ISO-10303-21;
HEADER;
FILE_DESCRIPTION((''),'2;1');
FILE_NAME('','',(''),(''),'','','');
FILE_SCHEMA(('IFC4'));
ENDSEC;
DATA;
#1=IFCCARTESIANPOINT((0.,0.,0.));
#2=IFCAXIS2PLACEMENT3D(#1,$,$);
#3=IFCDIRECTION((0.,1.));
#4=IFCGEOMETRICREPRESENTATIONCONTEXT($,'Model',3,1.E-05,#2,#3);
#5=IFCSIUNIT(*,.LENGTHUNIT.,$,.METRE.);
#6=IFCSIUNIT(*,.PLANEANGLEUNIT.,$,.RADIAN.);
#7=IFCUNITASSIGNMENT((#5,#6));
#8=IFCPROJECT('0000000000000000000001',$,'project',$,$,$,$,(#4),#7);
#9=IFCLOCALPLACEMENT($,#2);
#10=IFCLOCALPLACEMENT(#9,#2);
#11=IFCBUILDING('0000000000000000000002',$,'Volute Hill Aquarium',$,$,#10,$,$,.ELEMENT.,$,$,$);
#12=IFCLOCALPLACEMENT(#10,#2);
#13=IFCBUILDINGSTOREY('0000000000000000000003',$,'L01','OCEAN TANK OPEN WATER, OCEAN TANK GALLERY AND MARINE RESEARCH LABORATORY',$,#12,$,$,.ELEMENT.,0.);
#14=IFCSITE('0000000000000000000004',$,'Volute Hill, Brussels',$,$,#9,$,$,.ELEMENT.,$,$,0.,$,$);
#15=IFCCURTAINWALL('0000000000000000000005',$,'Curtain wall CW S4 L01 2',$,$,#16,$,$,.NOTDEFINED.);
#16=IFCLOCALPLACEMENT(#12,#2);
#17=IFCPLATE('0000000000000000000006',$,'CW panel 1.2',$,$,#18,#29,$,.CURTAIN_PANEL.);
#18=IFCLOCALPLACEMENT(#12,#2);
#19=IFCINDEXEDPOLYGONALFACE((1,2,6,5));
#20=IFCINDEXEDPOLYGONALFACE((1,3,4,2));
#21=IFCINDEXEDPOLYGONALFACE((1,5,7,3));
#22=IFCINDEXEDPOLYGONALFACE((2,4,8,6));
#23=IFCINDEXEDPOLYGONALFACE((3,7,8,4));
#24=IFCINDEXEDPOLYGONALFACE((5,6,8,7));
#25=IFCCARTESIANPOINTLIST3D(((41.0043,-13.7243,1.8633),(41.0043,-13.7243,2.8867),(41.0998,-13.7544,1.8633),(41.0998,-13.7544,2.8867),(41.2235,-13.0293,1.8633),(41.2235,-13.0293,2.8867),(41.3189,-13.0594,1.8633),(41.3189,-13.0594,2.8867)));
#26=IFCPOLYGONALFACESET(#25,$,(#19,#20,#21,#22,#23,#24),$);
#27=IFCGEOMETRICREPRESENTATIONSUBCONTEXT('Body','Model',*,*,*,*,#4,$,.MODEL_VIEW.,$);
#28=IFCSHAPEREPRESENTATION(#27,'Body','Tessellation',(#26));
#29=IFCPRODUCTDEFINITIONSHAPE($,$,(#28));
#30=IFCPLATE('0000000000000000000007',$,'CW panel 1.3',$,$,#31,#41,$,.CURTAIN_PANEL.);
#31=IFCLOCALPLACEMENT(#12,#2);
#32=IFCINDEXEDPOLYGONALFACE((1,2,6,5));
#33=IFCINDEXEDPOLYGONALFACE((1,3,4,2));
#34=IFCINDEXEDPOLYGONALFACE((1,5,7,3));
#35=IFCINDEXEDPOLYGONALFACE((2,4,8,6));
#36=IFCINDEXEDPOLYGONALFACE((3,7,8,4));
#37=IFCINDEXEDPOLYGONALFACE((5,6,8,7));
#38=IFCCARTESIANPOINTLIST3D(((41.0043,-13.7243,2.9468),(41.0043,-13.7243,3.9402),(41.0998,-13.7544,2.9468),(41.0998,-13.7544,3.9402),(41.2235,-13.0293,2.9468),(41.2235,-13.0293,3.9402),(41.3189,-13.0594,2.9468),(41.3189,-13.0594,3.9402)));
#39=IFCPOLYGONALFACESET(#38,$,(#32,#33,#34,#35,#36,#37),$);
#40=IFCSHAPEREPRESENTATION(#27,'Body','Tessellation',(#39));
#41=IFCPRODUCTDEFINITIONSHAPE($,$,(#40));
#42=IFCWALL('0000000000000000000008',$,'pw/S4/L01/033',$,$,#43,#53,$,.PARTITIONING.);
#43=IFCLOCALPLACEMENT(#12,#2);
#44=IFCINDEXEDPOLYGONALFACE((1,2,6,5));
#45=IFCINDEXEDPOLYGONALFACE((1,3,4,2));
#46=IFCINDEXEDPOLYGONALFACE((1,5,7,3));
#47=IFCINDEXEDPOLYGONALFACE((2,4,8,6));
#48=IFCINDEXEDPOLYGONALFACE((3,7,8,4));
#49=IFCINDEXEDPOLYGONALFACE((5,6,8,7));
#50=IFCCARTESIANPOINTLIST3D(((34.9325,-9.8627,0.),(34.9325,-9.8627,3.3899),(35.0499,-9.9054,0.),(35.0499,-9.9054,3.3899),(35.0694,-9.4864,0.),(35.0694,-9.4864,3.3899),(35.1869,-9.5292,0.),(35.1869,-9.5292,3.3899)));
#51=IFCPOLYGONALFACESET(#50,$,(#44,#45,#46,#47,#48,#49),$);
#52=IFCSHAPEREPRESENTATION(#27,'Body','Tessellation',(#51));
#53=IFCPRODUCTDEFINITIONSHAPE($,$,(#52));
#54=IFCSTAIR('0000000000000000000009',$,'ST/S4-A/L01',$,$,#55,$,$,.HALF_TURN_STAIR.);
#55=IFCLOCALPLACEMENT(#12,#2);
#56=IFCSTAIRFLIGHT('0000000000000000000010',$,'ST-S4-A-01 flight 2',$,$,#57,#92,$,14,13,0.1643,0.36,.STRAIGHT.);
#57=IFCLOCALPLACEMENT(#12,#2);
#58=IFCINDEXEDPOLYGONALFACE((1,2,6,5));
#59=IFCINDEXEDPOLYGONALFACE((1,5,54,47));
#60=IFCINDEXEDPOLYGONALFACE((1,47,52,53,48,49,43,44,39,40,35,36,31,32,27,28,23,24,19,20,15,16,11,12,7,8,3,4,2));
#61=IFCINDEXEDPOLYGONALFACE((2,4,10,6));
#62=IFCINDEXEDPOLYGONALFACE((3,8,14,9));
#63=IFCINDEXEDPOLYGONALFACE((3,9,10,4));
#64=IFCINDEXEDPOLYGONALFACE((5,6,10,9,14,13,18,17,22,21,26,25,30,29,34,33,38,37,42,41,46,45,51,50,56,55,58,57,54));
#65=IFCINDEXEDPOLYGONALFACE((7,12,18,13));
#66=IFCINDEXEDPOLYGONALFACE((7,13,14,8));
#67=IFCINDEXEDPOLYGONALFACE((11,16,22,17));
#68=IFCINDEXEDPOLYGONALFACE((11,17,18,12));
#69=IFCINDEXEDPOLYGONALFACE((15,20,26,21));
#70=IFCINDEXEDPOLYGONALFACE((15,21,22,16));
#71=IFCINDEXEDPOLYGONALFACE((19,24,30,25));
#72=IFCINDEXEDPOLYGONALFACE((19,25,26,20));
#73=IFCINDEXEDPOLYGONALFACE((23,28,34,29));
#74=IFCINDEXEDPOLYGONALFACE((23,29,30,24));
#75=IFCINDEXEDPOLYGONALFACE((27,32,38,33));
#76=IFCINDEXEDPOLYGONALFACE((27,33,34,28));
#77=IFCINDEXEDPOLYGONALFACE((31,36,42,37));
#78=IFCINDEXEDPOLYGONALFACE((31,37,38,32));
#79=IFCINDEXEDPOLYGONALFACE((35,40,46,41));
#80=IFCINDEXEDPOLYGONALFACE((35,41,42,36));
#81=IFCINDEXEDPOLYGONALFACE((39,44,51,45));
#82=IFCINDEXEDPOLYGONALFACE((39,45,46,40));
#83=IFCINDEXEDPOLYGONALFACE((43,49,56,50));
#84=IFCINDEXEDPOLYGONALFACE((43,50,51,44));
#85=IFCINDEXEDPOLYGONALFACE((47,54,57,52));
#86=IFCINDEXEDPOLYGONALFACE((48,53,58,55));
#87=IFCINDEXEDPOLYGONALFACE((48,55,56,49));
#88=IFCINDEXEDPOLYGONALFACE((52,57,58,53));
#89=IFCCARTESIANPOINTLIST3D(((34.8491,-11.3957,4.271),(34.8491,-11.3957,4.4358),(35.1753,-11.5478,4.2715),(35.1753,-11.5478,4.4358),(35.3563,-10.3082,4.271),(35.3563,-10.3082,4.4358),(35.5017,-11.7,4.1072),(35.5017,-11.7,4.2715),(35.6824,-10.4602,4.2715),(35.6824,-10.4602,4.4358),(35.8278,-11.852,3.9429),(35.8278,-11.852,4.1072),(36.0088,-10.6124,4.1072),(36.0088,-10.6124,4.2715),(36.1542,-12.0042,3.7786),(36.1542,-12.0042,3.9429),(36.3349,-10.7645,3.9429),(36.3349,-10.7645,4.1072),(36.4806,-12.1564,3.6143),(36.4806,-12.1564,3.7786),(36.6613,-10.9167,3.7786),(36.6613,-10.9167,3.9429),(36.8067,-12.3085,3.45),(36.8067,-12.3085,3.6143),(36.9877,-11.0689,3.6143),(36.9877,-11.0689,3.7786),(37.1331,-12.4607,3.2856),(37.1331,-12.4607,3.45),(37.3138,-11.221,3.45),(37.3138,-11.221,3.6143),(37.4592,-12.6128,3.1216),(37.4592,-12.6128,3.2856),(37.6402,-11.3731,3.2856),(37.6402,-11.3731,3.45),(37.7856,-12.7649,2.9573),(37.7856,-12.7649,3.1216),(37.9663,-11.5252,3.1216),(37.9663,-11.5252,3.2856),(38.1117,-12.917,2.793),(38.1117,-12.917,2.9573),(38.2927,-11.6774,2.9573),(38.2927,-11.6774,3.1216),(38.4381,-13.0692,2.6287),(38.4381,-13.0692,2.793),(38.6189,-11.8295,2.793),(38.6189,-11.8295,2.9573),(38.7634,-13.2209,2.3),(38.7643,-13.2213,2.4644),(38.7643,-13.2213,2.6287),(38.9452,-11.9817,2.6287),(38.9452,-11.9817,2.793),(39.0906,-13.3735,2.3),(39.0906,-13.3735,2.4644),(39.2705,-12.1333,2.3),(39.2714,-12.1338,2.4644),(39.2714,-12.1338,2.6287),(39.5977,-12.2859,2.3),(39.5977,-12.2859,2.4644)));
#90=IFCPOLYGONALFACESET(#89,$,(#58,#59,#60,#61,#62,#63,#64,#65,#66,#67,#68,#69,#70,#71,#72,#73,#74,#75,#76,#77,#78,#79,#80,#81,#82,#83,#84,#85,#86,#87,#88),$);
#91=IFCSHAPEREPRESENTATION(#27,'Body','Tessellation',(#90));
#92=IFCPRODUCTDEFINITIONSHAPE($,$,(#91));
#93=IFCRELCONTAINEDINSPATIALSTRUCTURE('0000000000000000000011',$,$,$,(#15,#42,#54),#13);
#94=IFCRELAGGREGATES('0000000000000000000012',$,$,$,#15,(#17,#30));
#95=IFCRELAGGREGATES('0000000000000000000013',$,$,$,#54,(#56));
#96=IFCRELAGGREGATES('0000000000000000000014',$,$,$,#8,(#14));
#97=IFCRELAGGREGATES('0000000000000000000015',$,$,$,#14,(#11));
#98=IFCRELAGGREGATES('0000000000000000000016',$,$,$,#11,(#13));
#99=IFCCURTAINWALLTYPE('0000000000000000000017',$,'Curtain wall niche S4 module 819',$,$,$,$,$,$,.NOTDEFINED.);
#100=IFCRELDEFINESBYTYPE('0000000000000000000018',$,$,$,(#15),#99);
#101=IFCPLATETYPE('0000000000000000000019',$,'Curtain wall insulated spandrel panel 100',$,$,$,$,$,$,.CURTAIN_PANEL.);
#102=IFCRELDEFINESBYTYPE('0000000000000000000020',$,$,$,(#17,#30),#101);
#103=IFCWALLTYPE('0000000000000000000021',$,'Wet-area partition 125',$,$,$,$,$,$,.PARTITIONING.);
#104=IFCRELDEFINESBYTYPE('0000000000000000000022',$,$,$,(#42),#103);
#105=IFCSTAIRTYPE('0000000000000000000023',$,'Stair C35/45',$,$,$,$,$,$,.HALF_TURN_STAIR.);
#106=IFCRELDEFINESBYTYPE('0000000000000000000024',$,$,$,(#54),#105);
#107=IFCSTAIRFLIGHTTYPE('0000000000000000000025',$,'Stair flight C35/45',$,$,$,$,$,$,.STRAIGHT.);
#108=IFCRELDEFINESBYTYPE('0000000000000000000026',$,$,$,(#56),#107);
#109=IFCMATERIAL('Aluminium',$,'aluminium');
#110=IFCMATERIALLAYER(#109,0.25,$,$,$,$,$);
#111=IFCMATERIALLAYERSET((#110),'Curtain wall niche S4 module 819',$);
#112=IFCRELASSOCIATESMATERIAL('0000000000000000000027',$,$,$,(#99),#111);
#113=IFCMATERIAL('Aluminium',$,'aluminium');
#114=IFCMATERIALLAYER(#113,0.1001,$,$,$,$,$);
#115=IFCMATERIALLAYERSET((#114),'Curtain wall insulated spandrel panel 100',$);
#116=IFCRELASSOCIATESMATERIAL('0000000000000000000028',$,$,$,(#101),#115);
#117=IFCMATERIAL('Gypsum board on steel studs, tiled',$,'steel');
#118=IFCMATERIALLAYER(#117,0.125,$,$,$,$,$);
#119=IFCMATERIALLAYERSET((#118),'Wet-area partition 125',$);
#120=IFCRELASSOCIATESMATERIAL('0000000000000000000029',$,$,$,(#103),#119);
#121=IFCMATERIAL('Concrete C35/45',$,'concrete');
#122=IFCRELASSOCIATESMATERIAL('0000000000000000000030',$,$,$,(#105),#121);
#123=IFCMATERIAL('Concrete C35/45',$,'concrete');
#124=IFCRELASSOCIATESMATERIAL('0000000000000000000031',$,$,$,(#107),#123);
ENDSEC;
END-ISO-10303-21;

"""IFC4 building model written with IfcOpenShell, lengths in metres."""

from ifc_helpers import new_model, si_unit, direction, frame, frame_2d, origin, origin_2d, place, context, subcontext, project, spatial, polyline, rectangle, outline, extrude, material, layer, layer_set, type_object, element, aggregate, save


model = new_model("IFC4")

# Units and contexts
model_context = context("Model", 3, precision=1e-05, world=origin(), true_north=direction((0.0, 1.0)))
body_context = subcontext(model_context, "Body", "Model", "MODEL_VIEW")
ifc_project = project(units=[si_unit("LENGTHUNIT", "METRE"), si_unit("PLANEANGLEUNIT", "RADIAN")], contexts=[model_context])

# Site, building, storey
site_placement = place(None, origin())
site = spatial("IfcSite", under=ifc_project, at=site_placement, Name="Volute Hill, Brussels", CompositionType="ELEMENT", RefElevation=0.0)
building_placement = place(site_placement, origin())
building = spatial("IfcBuilding", under=site, at=building_placement, Name="Volute Hill Aquarium", CompositionType="ELEMENT")
storey_placement = place(building_placement, origin())
storey = spatial("IfcBuildingStorey", under=building, at=storey_placement, Name="L01", Description="OCEAN TANK OPEN WATER, OCEAN TANK GALLERY AND MARINE RESEARCH LABORATORY", CompositionType="ELEMENT", Elevation=0.0)

# Curtain wall
ifc_material_1 = material(Name="Aluminium", Category="aluminium")
ifc_layer_1 = layer(ifc_material_1, 0.25)
ifc_layer_set_1 = layer_set([ifc_layer_1], Name="Curtain wall niche S4 module 819")
curtain_wall_type = type_object("IfcCurtainWallType", Name="Curtain wall niche S4 module 819", PredefinedType="NOTDEFINED", material=ifc_layer_set_1)
curtain_wall_placement = place(storey_placement, origin())
curtain_wall = element("IfcCurtainWall", 1, at=curtain_wall_placement, inside=storey, type_object=curtain_wall_type, Name="Curtain wall CW S4 L01 2", PredefinedType="NOTDEFINED")

# Plates
ifc_material_2 = material(Name="Aluminium", Category="aluminium")
ifc_layer_2 = layer(ifc_material_2, 0.1001)
ifc_layer_set_2 = layer_set([ifc_layer_2], Name="Curtain wall insulated spandrel panel 100")
plate_type = type_object("IfcPlateType", Name="Curtain wall insulated spandrel panel 100", PredefinedType="CURTAIN_PANEL", material=ifc_layer_set_2)
plate_1_placement = place(storey_placement, frame((41.1616, -13.3918, 1.8633), z_axis=(0.0, 0.0, 1.0), x_axis=(0.30071, 0.953716, 0.0)))
plate_1 = element("IfcPlate", 2, at=plate_1_placement, type_object=plate_type, Name="CW panel 1.2", PredefinedType="CURTAIN_PANEL", context=body_context, shape_type="SweptSolid", body=[
    extrude(rectangle(XDim=0.7288, YDim=0.1001, at=origin_2d()), origin(), (0.0, 0.0, 1.0), 1.0234),
])
plate_2_placement = place(storey_placement, frame((41.1616, -13.3918, 2.9468), z_axis=(0.0, 0.0, 1.0), x_axis=(0.30071, 0.953716, 0.0)))
plate_2 = element("IfcPlate", 3, at=plate_2_placement, type_object=plate_type, Name="CW panel 1.3", PredefinedType="CURTAIN_PANEL", context=body_context, shape_type="SweptSolid", body=[
    extrude(rectangle(XDim=0.7288, YDim=0.1001, at=origin_2d()), origin(), (0.0, 0.0, 1.0), 0.9934),
])
aggregate(curtain_wall, [plate_1, plate_2])

# Wall
ifc_material_3 = material(Name="Gypsum board on steel studs, tiled", Category="steel")
ifc_layer_3 = layer(ifc_material_3, 0.125)
ifc_layer_set_3 = layer_set([ifc_layer_3], Name="Wet-area partition 125")
wall_type = type_object("IfcWallType", Name="Wet-area partition 125", PredefinedType="PARTITIONING", material=ifc_layer_set_3)
wall_placement = place(storey_placement, frame((35.1282, -9.5078, 0.0), z_axis=(0.0, 0.0, 1.0), x_axis=(-0.342086, -0.939669, 0.0)))
element("IfcWall", 4, at=wall_placement, inside=storey, type_object=wall_type, Name="pw/S4/L01/033", PredefinedType="PARTITIONING", context=body_context, shape_type="SweptSolid", body=[
    extrude(rectangle(XDim=0.4004, YDim=0.125, at=frame_2d((0.2002, 0.0))), origin(), (0.0, 0.0, 1.0), 3.3899),
])

# Stair, stair flight
ifc_material_4 = material(Name="Concrete C35/45", Category="concrete")
stair_type = type_object("IfcStairType", Name="Stair C35/45", PredefinedType="HALF_TURN_STAIR", material=ifc_material_4)
stair_placement = place(storey_placement, origin())
stair = element("IfcStair", 5, at=stair_placement, inside=storey, type_object=stair_type, Name="ST/S4-A/L01", PredefinedType="HALF_TURN_STAIR")
ifc_material_5 = material(Name="Concrete C35/45", Category="concrete")
stair_flight_type = type_object("IfcStairFlightType", Name="Stair flight C35/45", PredefinedType="STRAIGHT", material=ifc_material_5)
stair_flight_placement = place(storey_placement, frame((39.3442, -12.8296, 2.3), z_axis=(0.0, 0.0, 1.0), x_axis=(-0.906313, 0.422606, 0.0)))
stair_flight = element("IfcStairFlight", 6, at=stair_flight_placement, type_object=stair_flight_type, Name="ST-S4-A-01 flight 2", NumberOfRisers=14, NumberOfTreads=13, PredefinedType="STRAIGHT", RiserHeight=0.1643, TreadLength=0.36, context=body_context, shape_type="SweptSolid", body=[
    extrude(outline(polyline([(0.0, 0.0), (0.0, 0.1643), (0.3601, 0.1643), (0.3601, 0.3286), (0.72, 0.3286), (0.72, 0.4929), (1.0801, 0.4929), (1.0801, 0.6572), (1.4399, 0.6572), (1.4399, 0.8215), (1.8, 0.8215), (1.8, 0.9856), (2.1599, 0.9856), (2.1599, 1.1499), (2.52, 1.1499), (2.52, 1.3142), (2.8799, 1.3142), (2.8799, 1.4785), (3.24, 1.4785), (3.24, 1.6428), (3.6001, 1.6428), (3.6001, 1.8071), (3.96, 1.8071), (3.96, 1.9714), (4.3201, 1.9714), (4.3201, 2.1357), (4.6799, 2.1357), (4.6799, 2.3), (4.6799, 1.9709), (0.3611, 0.0), (0.0, 0.0)])), frame((0.0, 0.6001, 0.0), z_axis=(0.0, -1.0, 0.0), x_axis=(1.0, 0.0, 0.0)), (0.0, 0.0, 1.0), 1.2),
])
aggregate(stair, [stair_flight])

save(model, "model.ifc")
